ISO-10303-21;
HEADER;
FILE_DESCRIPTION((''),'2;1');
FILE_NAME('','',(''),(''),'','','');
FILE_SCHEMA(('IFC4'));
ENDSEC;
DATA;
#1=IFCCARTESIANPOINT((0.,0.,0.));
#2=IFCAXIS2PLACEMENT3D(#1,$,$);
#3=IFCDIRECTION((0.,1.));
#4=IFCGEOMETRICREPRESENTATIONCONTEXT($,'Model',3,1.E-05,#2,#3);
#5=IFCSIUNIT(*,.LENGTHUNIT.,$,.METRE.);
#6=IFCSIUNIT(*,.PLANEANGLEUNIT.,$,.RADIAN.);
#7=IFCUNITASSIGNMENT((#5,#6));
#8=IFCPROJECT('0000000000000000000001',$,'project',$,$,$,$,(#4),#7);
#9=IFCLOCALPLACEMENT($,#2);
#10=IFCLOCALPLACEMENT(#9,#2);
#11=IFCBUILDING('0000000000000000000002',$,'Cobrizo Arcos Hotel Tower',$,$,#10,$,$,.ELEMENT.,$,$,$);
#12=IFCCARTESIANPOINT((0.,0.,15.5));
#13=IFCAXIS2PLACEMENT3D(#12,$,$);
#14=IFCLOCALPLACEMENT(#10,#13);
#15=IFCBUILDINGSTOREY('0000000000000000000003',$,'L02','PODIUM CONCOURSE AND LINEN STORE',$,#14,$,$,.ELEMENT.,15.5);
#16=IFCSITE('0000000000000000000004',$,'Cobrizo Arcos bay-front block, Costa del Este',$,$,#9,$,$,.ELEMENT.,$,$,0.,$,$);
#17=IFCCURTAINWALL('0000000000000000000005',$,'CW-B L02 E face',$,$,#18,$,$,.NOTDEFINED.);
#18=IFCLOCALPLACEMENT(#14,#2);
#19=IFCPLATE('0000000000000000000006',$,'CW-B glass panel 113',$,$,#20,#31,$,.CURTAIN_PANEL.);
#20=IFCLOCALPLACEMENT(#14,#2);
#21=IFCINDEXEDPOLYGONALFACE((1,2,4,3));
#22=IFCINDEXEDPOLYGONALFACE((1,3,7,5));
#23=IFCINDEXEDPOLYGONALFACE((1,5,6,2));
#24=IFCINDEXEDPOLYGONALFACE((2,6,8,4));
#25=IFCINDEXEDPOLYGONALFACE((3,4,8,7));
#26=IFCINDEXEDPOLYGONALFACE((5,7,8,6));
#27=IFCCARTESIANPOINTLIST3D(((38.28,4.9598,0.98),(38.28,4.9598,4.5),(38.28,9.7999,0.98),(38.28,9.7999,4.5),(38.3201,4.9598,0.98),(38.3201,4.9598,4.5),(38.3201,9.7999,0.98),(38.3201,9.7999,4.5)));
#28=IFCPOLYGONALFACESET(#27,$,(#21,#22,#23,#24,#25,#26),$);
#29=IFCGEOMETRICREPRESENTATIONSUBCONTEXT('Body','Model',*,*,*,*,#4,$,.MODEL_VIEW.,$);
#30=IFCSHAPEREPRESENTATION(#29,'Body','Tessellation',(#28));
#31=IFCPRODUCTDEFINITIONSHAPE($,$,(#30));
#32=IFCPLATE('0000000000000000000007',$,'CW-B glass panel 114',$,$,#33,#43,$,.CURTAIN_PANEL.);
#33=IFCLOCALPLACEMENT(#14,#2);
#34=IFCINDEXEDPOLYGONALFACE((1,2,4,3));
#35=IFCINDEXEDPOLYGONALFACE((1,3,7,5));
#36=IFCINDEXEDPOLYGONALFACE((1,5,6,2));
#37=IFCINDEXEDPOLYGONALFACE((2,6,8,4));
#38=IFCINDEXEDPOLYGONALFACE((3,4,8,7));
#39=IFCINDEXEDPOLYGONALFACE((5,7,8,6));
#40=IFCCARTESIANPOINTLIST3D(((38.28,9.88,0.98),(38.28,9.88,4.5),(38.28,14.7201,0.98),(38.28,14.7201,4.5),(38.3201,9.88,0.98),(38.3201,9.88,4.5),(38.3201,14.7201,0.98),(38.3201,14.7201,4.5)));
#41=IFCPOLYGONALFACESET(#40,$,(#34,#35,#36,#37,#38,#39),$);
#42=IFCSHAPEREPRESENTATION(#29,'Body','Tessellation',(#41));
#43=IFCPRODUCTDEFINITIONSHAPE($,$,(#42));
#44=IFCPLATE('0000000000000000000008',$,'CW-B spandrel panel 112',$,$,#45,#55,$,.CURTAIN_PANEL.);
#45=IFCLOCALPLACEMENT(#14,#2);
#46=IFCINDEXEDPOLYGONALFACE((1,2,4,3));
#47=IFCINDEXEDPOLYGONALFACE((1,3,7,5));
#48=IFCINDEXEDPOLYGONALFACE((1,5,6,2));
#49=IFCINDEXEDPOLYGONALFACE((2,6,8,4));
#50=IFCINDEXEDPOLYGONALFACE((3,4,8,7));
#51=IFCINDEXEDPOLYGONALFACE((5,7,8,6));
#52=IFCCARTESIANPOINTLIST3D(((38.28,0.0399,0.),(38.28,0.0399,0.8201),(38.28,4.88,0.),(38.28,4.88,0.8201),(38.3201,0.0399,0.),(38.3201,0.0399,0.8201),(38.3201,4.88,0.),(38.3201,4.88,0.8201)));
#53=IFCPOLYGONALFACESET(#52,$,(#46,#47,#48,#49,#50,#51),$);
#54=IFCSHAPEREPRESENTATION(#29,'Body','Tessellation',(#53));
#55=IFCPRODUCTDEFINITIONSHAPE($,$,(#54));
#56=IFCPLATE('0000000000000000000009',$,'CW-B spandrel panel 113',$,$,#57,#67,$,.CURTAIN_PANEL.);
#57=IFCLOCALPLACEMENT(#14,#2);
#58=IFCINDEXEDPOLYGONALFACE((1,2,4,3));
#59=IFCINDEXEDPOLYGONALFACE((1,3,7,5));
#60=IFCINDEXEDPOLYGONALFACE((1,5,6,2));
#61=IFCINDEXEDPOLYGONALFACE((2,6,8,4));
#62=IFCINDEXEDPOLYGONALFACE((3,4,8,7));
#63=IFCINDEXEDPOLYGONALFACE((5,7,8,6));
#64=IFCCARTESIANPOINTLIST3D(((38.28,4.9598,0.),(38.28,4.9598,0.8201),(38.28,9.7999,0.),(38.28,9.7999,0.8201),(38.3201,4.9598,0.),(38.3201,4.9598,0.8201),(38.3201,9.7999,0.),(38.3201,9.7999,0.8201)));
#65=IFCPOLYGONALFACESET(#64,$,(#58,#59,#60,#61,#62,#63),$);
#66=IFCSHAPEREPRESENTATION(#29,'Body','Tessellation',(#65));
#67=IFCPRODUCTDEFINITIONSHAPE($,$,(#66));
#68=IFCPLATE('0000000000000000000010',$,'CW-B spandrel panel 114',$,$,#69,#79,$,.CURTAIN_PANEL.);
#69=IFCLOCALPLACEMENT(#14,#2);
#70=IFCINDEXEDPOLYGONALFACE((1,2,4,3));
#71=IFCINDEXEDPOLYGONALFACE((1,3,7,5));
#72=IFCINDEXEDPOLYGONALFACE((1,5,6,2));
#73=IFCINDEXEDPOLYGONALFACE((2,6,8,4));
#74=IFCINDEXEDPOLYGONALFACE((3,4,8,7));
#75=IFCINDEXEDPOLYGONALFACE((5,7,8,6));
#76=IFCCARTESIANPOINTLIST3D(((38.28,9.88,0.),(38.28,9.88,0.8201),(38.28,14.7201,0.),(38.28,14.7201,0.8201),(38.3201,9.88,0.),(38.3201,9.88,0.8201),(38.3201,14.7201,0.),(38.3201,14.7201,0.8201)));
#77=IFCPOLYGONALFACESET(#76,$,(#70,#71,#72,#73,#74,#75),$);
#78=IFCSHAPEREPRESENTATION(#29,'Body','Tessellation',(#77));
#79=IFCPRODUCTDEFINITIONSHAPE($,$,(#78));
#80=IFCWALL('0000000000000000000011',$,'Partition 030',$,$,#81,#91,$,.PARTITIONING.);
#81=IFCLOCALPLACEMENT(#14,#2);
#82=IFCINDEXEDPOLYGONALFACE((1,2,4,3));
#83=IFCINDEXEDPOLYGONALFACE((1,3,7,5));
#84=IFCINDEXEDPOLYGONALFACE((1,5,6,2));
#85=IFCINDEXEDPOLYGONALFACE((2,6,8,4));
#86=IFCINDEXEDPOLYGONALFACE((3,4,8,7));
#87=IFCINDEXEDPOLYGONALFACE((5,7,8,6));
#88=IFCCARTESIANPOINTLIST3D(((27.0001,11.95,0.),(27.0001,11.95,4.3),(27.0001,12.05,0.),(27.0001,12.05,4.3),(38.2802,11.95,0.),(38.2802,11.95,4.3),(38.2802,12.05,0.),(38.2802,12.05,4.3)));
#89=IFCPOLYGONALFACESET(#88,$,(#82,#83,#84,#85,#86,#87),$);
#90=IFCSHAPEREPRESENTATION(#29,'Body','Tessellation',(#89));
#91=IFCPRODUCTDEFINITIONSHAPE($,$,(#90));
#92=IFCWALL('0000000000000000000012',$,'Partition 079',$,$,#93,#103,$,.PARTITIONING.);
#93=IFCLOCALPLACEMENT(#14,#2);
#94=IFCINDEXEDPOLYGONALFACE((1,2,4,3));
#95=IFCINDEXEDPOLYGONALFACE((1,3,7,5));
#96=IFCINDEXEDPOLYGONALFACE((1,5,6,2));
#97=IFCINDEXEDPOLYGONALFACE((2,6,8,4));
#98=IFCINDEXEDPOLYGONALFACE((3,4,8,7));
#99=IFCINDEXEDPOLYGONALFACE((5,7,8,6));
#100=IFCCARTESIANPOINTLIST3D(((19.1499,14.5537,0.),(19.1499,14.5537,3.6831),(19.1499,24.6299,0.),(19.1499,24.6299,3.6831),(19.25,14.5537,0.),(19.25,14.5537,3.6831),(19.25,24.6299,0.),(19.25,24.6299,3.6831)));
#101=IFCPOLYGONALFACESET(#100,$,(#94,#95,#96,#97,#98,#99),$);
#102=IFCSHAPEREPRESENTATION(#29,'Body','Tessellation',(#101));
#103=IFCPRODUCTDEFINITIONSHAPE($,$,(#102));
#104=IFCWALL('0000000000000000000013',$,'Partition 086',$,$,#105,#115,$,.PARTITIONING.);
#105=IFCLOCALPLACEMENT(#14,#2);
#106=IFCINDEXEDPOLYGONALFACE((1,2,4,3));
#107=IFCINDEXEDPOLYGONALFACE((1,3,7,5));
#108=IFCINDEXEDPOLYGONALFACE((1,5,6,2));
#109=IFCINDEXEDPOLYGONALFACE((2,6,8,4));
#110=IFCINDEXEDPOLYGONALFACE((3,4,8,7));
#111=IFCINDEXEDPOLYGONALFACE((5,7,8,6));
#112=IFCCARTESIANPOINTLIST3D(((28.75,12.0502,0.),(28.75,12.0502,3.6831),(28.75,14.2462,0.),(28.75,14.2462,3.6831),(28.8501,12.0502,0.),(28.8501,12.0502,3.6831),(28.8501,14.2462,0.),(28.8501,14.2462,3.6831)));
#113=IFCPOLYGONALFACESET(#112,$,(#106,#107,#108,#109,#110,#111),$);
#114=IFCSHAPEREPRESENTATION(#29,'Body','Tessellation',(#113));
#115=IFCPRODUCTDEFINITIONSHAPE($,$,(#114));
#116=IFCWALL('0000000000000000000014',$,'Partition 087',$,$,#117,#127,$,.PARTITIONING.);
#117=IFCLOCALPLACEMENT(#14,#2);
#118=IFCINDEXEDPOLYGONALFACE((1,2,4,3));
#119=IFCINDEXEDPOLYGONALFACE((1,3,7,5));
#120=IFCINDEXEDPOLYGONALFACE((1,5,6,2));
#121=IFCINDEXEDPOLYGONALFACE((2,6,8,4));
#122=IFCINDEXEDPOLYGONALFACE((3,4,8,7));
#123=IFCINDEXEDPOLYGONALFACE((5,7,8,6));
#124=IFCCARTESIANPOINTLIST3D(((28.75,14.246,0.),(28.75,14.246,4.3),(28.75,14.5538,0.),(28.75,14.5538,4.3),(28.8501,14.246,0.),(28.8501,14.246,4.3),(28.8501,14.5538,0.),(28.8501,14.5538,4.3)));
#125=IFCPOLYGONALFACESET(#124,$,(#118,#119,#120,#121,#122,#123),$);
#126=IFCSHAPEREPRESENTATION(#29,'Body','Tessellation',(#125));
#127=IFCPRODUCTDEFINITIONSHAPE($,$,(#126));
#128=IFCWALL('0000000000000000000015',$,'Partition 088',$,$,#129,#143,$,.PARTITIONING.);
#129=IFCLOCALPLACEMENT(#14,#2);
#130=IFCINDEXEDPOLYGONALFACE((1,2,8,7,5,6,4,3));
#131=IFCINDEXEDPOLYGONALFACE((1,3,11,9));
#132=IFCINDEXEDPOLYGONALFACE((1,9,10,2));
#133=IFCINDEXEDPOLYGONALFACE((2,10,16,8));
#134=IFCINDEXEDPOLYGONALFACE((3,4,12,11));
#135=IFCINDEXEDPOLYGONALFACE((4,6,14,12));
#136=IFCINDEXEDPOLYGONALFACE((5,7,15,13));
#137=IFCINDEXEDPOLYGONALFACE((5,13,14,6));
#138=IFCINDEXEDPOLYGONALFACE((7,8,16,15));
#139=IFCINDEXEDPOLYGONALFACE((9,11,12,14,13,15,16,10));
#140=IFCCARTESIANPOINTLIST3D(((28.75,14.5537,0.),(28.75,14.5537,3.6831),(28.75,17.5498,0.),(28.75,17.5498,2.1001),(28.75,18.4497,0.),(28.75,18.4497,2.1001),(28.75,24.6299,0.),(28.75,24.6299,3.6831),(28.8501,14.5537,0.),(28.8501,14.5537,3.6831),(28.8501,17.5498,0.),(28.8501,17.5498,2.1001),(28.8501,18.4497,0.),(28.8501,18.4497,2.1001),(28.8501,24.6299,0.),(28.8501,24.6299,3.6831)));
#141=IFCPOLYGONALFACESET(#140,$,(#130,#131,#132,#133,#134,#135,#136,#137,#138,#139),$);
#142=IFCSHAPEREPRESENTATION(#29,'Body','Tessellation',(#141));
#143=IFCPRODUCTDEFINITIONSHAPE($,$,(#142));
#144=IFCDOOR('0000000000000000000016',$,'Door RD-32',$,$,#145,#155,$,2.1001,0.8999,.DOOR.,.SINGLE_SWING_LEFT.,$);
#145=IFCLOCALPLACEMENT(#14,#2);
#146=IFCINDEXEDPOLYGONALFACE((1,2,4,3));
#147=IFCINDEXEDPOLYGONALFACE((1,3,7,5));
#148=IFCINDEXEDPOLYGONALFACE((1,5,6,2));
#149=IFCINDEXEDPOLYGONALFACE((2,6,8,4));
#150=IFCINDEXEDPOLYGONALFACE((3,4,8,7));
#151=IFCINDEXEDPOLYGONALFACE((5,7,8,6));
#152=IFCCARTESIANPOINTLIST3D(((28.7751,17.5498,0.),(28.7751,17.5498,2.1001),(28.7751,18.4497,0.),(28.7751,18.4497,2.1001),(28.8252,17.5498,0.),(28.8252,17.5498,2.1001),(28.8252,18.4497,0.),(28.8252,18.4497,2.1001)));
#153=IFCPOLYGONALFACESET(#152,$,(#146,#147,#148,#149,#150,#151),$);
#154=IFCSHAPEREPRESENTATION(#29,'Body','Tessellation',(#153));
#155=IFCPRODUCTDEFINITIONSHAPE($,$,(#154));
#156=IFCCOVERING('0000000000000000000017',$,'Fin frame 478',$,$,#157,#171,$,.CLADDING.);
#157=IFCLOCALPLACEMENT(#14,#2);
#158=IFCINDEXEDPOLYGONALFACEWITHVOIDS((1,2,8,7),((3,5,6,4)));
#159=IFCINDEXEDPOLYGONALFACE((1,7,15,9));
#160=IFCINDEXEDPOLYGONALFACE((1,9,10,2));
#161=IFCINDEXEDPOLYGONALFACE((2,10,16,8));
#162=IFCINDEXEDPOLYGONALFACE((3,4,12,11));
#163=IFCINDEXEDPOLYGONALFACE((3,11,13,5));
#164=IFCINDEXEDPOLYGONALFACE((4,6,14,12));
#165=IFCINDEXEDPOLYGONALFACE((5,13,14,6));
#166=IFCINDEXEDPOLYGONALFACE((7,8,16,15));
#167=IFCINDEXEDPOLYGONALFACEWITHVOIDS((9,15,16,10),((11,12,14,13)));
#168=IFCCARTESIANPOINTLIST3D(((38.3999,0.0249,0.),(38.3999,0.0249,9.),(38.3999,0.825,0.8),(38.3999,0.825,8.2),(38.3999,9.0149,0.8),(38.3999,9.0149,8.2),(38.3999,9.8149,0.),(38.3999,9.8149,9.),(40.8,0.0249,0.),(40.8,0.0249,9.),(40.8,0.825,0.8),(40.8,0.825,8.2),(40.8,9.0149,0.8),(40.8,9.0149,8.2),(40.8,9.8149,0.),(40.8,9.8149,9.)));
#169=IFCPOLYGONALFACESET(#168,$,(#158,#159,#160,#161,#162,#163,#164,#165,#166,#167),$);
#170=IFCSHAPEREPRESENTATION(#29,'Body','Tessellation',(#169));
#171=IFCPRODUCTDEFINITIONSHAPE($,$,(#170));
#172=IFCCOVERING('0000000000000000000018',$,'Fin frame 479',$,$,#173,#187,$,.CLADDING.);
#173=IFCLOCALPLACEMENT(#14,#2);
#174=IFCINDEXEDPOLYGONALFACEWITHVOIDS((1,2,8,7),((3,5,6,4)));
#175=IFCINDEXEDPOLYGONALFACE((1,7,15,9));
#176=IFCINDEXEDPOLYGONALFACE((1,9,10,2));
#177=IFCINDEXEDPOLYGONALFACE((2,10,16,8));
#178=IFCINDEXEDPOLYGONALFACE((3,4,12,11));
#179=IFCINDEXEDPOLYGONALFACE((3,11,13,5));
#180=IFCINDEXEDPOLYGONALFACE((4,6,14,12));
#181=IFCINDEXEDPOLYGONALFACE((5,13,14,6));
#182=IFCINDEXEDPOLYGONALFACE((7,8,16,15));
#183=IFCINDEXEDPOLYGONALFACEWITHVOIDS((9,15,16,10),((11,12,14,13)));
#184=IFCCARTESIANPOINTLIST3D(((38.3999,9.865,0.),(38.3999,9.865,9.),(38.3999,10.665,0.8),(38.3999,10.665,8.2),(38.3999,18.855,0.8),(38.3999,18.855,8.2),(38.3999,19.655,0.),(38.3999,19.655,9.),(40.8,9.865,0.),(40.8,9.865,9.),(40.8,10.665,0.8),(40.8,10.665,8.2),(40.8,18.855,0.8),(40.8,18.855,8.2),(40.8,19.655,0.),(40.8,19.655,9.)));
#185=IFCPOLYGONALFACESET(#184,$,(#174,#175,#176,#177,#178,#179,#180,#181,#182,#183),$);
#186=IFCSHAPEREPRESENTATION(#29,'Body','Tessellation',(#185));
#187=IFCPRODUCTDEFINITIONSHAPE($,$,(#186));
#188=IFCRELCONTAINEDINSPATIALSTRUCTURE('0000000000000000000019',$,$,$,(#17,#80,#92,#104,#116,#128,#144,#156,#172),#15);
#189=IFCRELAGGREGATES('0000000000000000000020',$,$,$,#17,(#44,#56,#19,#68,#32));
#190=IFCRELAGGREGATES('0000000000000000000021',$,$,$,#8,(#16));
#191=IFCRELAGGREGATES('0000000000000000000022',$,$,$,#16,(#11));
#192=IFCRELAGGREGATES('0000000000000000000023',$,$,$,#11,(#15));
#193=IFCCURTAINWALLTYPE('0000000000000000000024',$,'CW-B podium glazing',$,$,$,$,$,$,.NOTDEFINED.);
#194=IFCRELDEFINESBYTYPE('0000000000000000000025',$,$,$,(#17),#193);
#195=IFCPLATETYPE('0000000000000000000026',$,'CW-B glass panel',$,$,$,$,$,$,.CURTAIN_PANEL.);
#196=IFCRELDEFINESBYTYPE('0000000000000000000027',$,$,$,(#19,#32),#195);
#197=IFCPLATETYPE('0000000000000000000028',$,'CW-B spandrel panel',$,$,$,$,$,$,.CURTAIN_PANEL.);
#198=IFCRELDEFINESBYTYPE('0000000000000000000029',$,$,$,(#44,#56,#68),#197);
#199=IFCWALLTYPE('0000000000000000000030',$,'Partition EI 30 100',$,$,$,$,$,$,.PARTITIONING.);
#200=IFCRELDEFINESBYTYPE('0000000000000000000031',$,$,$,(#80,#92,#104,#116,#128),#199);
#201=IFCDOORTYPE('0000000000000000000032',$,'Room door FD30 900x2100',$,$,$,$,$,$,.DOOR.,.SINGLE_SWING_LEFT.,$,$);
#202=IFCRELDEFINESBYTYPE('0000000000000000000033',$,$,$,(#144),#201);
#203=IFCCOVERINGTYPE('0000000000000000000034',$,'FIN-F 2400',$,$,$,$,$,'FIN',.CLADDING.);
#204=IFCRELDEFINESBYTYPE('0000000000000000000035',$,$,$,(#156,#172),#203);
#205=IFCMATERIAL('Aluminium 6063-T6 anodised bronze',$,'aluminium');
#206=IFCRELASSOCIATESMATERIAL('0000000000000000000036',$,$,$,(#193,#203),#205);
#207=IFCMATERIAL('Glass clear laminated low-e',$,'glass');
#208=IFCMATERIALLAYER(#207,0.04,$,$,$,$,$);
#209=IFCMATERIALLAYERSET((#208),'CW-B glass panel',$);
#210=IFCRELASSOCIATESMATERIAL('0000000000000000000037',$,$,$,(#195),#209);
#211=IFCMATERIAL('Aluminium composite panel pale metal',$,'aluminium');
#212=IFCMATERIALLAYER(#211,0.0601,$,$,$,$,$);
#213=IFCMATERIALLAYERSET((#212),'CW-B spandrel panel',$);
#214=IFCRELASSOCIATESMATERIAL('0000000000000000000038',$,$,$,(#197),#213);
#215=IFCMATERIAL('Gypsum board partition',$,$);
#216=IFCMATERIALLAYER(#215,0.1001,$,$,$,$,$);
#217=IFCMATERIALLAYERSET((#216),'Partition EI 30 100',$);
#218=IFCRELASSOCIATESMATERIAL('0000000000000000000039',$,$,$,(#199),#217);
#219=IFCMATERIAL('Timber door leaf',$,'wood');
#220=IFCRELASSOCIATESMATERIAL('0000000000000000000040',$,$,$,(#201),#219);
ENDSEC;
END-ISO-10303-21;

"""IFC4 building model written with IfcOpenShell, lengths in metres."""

from ifc_helpers import new_model, si_unit, direction, frame, frame_2d, origin, origin_2d, place, context, subcontext, project, spatial, polyline, rectangle, outline, extrude, material, layer, layer_set, type_object, element, fill, aggregate, save


model = new_model("IFC4")

# Units and contexts
model_context = context("Model", 3, precision=1e-05, world=origin(), true_north=direction((0.0, 1.0)))
body_context = subcontext(model_context, "Body", "Model", "MODEL_VIEW")
ifc_project = project(units=[si_unit("LENGTHUNIT", "METRE"), si_unit("PLANEANGLEUNIT", "RADIAN")], contexts=[model_context])

# Site, building, storey
site_placement = place(None, origin())
site = spatial("IfcSite", under=ifc_project, at=site_placement, Name="Cobrizo Arcos bay-front block, Costa del Este", CompositionType="ELEMENT", RefElevation=0.0)
building_placement = place(site_placement, origin())
building = spatial("IfcBuilding", under=site, at=building_placement, Name="Cobrizo Arcos Hotel Tower", CompositionType="ELEMENT")
storey_placement = place(building_placement, frame((0.0, 0.0, 15.5)))
storey = spatial("IfcBuildingStorey", under=building, at=storey_placement, Name="L02", Description="PODIUM CONCOURSE AND LINEN STORE", CompositionType="ELEMENT", Elevation=15.5)

# Curtain wall
ifc_material_1 = material(Name="Aluminium 6063-T6 anodised bronze", Category="aluminium")
curtain_wall_type = type_object("IfcCurtainWallType", Name="CW-B podium glazing", PredefinedType="NOTDEFINED", material=ifc_material_1)
curtain_wall_placement = place(storey_placement, origin())
curtain_wall = element("IfcCurtainWall", 1, at=curtain_wall_placement, inside=storey, type_object=curtain_wall_type, Name="CW-B L02 E face", PredefinedType="NOTDEFINED")

# Plates
ifc_material_2 = material(Name="Glass clear laminated low-e", Category="glass")
ifc_layer_1 = layer(ifc_material_2, 0.04)
ifc_layer_set_1 = layer_set([ifc_layer_1], Name="CW-B glass panel")
plate_type_1 = type_object("IfcPlateType", Name="CW-B glass panel", PredefinedType="CURTAIN_PANEL", material=ifc_layer_set_1)
plate_1_placement = place(storey_placement, frame((38.3, 7.3799, 0.98), z_axis=(0.0, 0.0, 1.0), x_axis=(0.0, 1.0, 0.0)))
plate_1 = element("IfcPlate", 2, at=plate_1_placement, type_object=plate_type_1, Name="CW-B glass panel 113", PredefinedType="CURTAIN_PANEL", context=body_context, shape_type="SweptSolid", body=[
    extrude(rectangle(XDim=4.8401, YDim=0.04, at=origin_2d()), origin(), (0.0, 0.0, 1.0), 3.52),
])
plate_2_placement = place(storey_placement, frame((38.3, 12.3, 0.98), z_axis=(0.0, 0.0, 1.0), x_axis=(0.0, 1.0, 0.0)))
plate_2 = element("IfcPlate", 3, at=plate_2_placement, type_object=plate_type_1, Name="CW-B glass panel 114", PredefinedType="CURTAIN_PANEL", context=body_context, shape_type="SweptSolid", body=[
    extrude(rectangle(XDim=4.8401, YDim=0.04, at=origin_2d()), origin(), (0.0, 0.0, 1.0), 3.52),
])
ifc_material_3 = material(Name="Aluminium composite panel pale metal", Category="aluminium")
ifc_layer_2 = layer(ifc_material_3, 0.0601)
ifc_layer_set_2 = layer_set([ifc_layer_2], Name="CW-B spandrel panel")
plate_type_2 = type_object("IfcPlateType", Name="CW-B spandrel panel", PredefinedType="CURTAIN_PANEL", material=ifc_layer_set_2)
plate_3_placement = place(storey_placement, frame((38.3, 2.46, 0.0), z_axis=(0.0, 0.0, 1.0), x_axis=(0.0, 1.0, 0.0)))
plate_3 = element("IfcPlate", 4, at=plate_3_placement, type_object=plate_type_2, Name="CW-B spandrel panel 112", PredefinedType="CURTAIN_PANEL", context=body_context, shape_type="SweptSolid", body=[
    extrude(rectangle(XDim=4.8401, YDim=0.04, at=origin_2d()), origin(), (0.0, 0.0, 1.0), 0.8201),
])
plate_4_placement = place(storey_placement, frame((38.3, 7.3799, 0.0), z_axis=(0.0, 0.0, 1.0), x_axis=(0.0, 1.0, 0.0)))
plate_4 = element("IfcPlate", 5, at=plate_4_placement, type_object=plate_type_2, Name="CW-B spandrel panel 113", PredefinedType="CURTAIN_PANEL", context=body_context, shape_type="SweptSolid", body=[
    extrude(rectangle(XDim=4.8401, YDim=0.04, at=origin_2d()), origin(), (0.0, 0.0, 1.0), 0.8201),
])
plate_5_placement = place(storey_placement, frame((38.3, 12.3, 0.0), z_axis=(0.0, 0.0, 1.0), x_axis=(0.0, 1.0, 0.0)))
plate_5 = element("IfcPlate", 6, at=plate_5_placement, type_object=plate_type_2, Name="CW-B spandrel panel 114", PredefinedType="CURTAIN_PANEL", context=body_context, shape_type="SweptSolid", body=[
    extrude(rectangle(XDim=4.8401, YDim=0.04, at=origin_2d()), origin(), (0.0, 0.0, 1.0), 0.8201),
])
aggregate(curtain_wall, [plate_3, plate_4, plate_1, plate_5, plate_2])

# Walls
ifc_material_4 = material(Name="Gypsum board partition")
ifc_layer_3 = layer(ifc_material_4, 0.1001)
ifc_layer_set_3 = layer_set([ifc_layer_3], Name="Partition EI 30 100")
wall_type = type_object("IfcWallType", Name="Partition EI 30 100", PredefinedType="PARTITIONING", material=ifc_layer_set_3)
wall_1_placement = place(storey_placement, frame((27.0, 12.0, 0.0), z_axis=(0.0, 0.0, 1.0), x_axis=(1.0, 0.0, 0.0)))
element("IfcWall", 7, at=wall_1_placement, inside=storey, type_object=wall_type, Name="Partition 030", PredefinedType="PARTITIONING", context=body_context, shape_type="SweptSolid", body=[
    extrude(rectangle(XDim=11.28, YDim=0.1001, at=frame_2d((5.6401, 0.0))), origin(), (0.0, 0.0, 1.0), 4.3),
])
wall_2_placement = place(storey_placement, frame((19.2, 14.5537, 0.0), z_axis=(0.0, 0.0, 1.0), x_axis=(0.0, 1.0, 0.0)))
element("IfcWall", 8, at=wall_2_placement, inside=storey, type_object=wall_type, Name="Partition 079", PredefinedType="PARTITIONING", context=body_context, shape_type="SweptSolid", body=[
    extrude(rectangle(XDim=10.0762, YDim=0.1001, at=frame_2d((5.0381, 0.0))), origin(), (0.0, 0.0, 1.0), 3.6831),
])
wall_3_placement = place(storey_placement, frame((28.8, 12.05, 0.0), z_axis=(0.0, 0.0, 1.0), x_axis=(0.0, 1.0, 0.0)))
element("IfcWall", 9, at=wall_3_placement, inside=storey, type_object=wall_type, Name="Partition 086", PredefinedType="PARTITIONING", context=body_context, shape_type="SweptSolid", body=[
    extrude(rectangle(XDim=2.196, YDim=0.1001, at=frame_2d((1.0981, 0.0))), origin(), (0.0, 0.0, 1.0), 3.6831),
])
wall_4_placement = place(storey_placement, frame((28.8, 14.2461, 0.0), z_axis=(0.0, 0.0, 1.0), x_axis=(0.0, 1.0, 0.0)))
element("IfcWall", 10, at=wall_4_placement, inside=storey, type_object=wall_type, Name="Partition 087", PredefinedType="PARTITIONING", context=body_context, shape_type="SweptSolid", body=[
    extrude(rectangle(XDim=0.3079, YDim=0.1001, at=frame_2d((0.1538, 0.0))), origin(), (0.0, 0.0, 1.0), 4.3),
])

# Wall, opening, door
wall_5_placement = place(storey_placement, frame((28.8, 14.5537, 0.0), z_axis=(0.0, 0.0, 1.0), x_axis=(0.0, 1.0, 0.0)))
wall_5 = element("IfcWall", 11, at=wall_5_placement, inside=storey, type_object=wall_type, Name="Partition 088", PredefinedType="PARTITIONING", context=body_context, shape_type="SweptSolid", body=[
    extrude(rectangle(XDim=10.0762, YDim=0.1001, at=frame_2d((5.0381, 0.0))), origin(), (0.0, 0.0, 1.0), 3.6831),
])
opening_placement = place(wall_5_placement, frame((2.9961, 0.0, 0.0)))
opening = element("IfcOpeningElement", 12, at=opening_placement, cuts=wall_5, PredefinedType="OPENING", context=body_context, shape_type="SweptSolid", body=[
    extrude(rectangle(XDim=0.8999, YDim=2.1001, at=frame_2d((0.45, 1.05))), frame((0.0, 0.062, 0.0), z_axis=(0.0, -1.0, 0.0), x_axis=(1.0, 0.0, 0.0)), (0.0, 0.0, 1.0), 0.124),
])
ifc_material_5 = material(Name="Timber door leaf", Category="wood")
door_type = type_object("IfcDoorType", Name="Room door FD30 900x2100", OperationType="SINGLE_SWING_LEFT", PredefinedType="DOOR", material=ifc_material_5)
door_placement = place(opening_placement, origin())
door = element("IfcDoor", 13, at=door_placement, inside=storey, type_object=door_type, Name="Door RD-32", OperationType="SINGLE_SWING_LEFT", OverallHeight=2.1001, OverallWidth=0.8999, PredefinedType="DOOR", context=body_context, shape_type="SweptSolid", body=[
    extrude(rectangle(XDim=0.8999, YDim=2.1001, at=frame_2d((0.45, 1.05))), frame((0.0, 0.0249, 0.0), z_axis=(0.0, -1.0, 0.0), x_axis=(1.0, 0.0, 0.0)), (0.0, 0.0, 1.0), 0.05),
])
fill(opening, door)

# Coverings
covering_type = type_object("IfcCoveringType", Name="FIN-F 2400", ElementType="FIN", PredefinedType="CLADDING", material=ifc_material_1)
for number, where, z_axis, x_axis, name in (
    (14, (38.3999, 0.0249, 0.0), (1.0, 0.0, 0.0), (0.0, 1.0, 0.0), "Fin frame 478"),
    (15, (38.3999, 9.865, 0.0), (1.0, 0.0, 0.0), (0.0, 1.0, 0.0), "Fin frame 479"),
):
    element("IfcCovering", number, at=place(storey_placement, frame(where, z_axis=z_axis, x_axis=x_axis)), inside=storey, type_object=covering_type, Name=name, PredefinedType="CLADDING", context=body_context, shape_type="SweptSolid", body=[
        extrude(outline(polyline([(0.0, 9.0), (0.0, 0.0), (9.79, 0.0), (9.79, 9.0), (0.0, 9.0)]), holes=[polyline([(8.99, 0.8), (0.8, 0.8), (0.8, 8.2), (8.99, 8.2), (8.99, 0.8)])]), origin(), (0.0, 0.0, 1.0), 2.4001),
    ])

save(model, "model.ifc")
